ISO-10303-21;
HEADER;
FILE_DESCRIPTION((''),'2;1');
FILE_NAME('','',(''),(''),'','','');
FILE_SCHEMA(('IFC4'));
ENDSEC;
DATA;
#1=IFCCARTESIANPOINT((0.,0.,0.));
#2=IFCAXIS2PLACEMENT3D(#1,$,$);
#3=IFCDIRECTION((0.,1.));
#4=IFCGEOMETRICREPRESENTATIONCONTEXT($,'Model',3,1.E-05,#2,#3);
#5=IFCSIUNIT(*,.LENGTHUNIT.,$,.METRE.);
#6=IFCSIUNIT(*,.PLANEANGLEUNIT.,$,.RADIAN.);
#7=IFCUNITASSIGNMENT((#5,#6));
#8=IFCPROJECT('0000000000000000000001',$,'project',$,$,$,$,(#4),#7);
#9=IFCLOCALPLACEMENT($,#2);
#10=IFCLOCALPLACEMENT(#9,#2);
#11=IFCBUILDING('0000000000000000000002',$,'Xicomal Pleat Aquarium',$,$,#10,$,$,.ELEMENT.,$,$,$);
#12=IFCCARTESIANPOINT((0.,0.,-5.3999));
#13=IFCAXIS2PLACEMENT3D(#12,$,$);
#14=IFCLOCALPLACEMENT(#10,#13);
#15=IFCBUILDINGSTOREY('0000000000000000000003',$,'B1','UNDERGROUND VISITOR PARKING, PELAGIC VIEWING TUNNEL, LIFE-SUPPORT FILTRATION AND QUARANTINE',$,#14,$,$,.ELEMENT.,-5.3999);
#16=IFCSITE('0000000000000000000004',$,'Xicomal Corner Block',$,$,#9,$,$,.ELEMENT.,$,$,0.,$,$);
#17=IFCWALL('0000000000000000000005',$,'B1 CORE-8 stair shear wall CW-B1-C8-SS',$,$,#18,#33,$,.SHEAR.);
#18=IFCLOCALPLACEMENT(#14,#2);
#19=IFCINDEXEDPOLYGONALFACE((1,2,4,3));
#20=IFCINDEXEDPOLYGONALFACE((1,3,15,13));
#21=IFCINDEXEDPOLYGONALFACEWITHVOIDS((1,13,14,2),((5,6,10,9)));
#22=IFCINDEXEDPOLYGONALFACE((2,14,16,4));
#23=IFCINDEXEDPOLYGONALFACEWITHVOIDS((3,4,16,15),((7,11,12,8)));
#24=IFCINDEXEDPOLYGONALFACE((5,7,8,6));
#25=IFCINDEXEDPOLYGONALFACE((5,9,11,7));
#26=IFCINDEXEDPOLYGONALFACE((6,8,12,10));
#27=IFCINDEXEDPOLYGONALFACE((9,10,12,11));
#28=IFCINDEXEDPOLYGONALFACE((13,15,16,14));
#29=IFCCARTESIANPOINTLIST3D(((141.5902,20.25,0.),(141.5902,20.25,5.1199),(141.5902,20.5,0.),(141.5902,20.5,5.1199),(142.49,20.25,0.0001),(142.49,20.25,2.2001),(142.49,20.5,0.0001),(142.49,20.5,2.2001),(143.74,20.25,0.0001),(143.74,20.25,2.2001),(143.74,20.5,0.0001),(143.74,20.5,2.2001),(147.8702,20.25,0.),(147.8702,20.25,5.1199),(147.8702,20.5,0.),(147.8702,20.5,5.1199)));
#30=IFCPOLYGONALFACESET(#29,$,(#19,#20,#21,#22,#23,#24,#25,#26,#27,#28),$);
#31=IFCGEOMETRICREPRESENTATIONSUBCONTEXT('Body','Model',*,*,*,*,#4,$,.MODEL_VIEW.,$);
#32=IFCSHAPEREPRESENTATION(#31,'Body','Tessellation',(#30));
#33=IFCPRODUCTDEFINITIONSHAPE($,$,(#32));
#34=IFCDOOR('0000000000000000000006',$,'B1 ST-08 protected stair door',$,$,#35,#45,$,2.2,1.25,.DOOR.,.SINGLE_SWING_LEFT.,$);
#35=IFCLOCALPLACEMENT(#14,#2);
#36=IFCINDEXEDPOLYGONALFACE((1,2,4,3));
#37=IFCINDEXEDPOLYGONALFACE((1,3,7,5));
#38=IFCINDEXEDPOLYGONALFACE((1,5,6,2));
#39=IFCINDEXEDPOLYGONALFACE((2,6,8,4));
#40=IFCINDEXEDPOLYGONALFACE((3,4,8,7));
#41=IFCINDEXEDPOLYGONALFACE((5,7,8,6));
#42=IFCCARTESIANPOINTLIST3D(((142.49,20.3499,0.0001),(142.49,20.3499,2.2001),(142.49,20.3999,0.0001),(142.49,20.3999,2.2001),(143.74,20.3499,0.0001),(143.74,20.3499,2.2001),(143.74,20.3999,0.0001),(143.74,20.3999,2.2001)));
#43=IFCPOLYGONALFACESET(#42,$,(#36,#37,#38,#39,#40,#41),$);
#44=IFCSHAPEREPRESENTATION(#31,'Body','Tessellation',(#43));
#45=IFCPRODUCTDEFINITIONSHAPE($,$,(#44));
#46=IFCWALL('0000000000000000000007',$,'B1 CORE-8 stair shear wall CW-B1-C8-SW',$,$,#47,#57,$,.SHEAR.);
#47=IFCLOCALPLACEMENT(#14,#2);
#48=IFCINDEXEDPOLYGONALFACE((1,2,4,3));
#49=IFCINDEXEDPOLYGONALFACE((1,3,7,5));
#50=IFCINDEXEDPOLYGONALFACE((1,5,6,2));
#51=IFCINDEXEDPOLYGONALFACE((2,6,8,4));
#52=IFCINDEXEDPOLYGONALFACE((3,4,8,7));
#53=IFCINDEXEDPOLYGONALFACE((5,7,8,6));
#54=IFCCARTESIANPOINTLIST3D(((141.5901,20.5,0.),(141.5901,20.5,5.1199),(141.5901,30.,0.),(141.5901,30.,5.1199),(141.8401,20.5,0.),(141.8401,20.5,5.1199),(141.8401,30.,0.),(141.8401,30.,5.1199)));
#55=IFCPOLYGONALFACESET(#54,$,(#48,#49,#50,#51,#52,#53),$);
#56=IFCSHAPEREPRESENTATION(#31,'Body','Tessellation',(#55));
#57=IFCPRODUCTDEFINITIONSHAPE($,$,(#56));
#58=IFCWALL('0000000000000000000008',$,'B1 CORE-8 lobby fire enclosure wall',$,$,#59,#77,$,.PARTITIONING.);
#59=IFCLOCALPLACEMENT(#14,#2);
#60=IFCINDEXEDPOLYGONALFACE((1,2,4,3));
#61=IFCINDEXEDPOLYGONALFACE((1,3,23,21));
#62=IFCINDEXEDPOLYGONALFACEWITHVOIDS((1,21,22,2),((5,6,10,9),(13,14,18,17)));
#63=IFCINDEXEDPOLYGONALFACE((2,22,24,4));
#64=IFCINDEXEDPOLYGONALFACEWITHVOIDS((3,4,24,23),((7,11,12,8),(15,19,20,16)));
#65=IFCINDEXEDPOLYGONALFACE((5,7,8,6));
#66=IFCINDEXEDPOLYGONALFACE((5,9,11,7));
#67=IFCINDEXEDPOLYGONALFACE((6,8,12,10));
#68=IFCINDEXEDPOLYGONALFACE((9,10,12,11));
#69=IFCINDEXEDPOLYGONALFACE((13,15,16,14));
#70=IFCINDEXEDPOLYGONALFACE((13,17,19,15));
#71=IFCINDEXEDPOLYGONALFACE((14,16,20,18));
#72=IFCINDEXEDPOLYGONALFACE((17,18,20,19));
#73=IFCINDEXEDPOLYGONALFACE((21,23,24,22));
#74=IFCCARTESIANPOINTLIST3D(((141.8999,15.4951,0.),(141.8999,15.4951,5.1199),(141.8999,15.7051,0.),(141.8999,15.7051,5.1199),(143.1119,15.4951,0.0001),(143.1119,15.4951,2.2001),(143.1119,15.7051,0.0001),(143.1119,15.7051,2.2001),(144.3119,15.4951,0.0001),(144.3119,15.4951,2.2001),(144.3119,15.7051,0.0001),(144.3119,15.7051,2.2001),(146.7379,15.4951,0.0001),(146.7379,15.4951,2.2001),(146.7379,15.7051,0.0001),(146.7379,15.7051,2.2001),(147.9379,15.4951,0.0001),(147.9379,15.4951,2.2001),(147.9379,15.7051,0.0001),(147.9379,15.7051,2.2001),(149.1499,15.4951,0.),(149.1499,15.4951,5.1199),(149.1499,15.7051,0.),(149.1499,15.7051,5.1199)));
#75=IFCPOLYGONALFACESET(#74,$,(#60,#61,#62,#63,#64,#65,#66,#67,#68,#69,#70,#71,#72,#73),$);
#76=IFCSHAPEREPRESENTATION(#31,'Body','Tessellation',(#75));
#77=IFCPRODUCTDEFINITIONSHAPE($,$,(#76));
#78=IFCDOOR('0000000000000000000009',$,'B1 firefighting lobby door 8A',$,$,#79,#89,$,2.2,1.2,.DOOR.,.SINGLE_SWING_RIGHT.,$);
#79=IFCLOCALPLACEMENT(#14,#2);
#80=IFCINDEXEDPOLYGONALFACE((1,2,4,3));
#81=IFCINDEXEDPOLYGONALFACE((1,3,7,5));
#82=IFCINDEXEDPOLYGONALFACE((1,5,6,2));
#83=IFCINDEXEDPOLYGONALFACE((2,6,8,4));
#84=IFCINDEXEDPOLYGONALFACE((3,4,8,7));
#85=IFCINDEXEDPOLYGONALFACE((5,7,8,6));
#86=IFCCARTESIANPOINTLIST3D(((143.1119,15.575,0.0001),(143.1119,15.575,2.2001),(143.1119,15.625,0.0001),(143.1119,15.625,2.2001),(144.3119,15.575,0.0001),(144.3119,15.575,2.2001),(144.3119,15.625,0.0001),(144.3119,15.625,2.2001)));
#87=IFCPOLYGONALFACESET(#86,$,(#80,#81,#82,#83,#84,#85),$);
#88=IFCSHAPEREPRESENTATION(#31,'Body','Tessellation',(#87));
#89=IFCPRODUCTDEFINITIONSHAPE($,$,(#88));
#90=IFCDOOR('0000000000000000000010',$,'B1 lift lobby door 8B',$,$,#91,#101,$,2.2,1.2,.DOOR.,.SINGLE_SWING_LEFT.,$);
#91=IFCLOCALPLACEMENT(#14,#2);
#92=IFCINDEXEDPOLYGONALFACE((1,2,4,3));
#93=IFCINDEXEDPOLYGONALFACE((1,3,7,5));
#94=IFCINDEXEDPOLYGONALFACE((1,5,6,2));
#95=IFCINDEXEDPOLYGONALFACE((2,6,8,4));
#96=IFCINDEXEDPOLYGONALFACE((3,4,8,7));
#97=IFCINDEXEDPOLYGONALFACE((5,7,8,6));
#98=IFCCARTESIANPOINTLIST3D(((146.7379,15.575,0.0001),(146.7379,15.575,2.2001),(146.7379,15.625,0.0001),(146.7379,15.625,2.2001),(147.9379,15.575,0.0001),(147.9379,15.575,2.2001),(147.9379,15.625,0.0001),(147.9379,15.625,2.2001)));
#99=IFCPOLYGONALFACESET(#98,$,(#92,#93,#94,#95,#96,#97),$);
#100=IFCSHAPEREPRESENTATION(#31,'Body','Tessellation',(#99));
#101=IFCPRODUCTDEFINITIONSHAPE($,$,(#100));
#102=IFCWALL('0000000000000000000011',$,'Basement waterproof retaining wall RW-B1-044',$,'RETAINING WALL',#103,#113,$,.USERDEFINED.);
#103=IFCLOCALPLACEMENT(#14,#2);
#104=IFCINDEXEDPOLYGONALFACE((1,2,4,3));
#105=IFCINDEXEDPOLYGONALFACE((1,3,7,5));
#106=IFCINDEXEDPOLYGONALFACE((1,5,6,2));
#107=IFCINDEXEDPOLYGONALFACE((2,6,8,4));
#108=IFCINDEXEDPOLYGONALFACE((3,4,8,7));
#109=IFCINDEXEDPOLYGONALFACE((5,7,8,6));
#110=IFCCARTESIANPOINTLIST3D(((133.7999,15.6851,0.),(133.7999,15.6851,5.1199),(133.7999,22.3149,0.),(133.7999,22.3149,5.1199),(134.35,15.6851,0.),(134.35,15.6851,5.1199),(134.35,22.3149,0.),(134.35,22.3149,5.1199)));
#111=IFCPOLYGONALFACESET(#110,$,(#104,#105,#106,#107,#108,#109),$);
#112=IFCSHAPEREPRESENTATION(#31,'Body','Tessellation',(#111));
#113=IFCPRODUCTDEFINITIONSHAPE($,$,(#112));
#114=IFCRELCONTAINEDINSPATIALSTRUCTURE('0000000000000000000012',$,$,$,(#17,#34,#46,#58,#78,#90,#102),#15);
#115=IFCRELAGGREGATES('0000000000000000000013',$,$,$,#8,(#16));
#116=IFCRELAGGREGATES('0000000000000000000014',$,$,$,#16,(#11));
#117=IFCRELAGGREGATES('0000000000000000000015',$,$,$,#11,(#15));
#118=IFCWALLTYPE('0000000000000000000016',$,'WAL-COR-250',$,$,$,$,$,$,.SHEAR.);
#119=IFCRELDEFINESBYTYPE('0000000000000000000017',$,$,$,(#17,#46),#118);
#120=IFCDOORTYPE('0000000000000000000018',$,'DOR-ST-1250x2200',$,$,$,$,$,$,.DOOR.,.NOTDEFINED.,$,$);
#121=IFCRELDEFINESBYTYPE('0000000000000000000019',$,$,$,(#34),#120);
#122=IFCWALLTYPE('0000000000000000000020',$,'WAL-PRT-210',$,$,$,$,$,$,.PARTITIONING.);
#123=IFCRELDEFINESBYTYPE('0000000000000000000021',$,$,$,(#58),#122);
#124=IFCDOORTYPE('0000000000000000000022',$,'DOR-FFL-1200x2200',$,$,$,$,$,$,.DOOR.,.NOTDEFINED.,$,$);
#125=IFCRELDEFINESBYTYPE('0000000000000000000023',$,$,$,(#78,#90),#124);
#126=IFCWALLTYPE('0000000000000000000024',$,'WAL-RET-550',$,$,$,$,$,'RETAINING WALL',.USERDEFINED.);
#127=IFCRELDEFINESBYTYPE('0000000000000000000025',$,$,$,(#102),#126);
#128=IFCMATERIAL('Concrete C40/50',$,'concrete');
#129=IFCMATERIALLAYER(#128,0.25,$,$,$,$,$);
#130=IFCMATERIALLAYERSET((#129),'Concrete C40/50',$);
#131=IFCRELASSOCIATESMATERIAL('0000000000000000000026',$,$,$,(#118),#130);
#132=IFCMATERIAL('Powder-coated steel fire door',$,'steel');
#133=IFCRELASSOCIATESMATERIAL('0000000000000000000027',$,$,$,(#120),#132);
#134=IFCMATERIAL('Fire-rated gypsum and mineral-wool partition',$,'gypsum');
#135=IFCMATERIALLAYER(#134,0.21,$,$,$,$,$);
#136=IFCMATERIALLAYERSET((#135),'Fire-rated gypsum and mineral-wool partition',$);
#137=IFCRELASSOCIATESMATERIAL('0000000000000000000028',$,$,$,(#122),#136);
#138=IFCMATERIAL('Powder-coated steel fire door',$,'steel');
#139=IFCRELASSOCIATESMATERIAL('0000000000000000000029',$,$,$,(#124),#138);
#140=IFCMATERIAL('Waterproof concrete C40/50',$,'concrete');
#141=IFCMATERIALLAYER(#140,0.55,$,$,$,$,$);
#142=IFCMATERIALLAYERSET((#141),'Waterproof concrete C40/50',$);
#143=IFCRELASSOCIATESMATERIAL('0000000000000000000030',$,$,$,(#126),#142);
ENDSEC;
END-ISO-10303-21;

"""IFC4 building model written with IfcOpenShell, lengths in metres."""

from ifc_helpers import new_model, si_unit, direction, frame, frame_2d, origin, place, context, subcontext, project, spatial, rectangle, extrude, material, layer, layer_set, type_object, element, fill, save


model = new_model("IFC4")

# Units and contexts
model_context = context("Model", 3, precision=1e-05, world=origin(), true_north=direction((0.0, 1.0)))
body_context = subcontext(model_context, "Body", "Model", "MODEL_VIEW")
ifc_project = project(units=[si_unit("LENGTHUNIT", "METRE"), si_unit("PLANEANGLEUNIT", "RADIAN")], contexts=[model_context])

# Site, building, storey
site_placement = place(None, origin())
site = spatial("IfcSite", under=ifc_project, at=site_placement, Name="Xicomal Corner Block", CompositionType="ELEMENT", RefElevation=0.0)
building_placement = place(site_placement, origin())
building = spatial("IfcBuilding", under=site, at=building_placement, Name="Xicomal Pleat Aquarium", CompositionType="ELEMENT")
storey_placement = place(building_placement, frame((0.0, 0.0, -5.3999)))
storey = spatial("IfcBuildingStorey", under=building, at=storey_placement, Name="B1", Description="UNDERGROUND VISITOR PARKING, PELAGIC VIEWING TUNNEL, LIFE-SUPPORT FILTRATION AND QUARANTINE", CompositionType="ELEMENT", Elevation=-5.3999)

# Wall, opening, door
ifc_material_1 = material(Name="Concrete C40/50", Category="concrete")
ifc_layer_1 = layer(ifc_material_1, 0.25)
ifc_layer_set_1 = layer_set([ifc_layer_1], Name="Concrete C40/50")
wall_type_1 = type_object("IfcWallType", Name="WAL-COR-250", PredefinedType="SHEAR", material=ifc_layer_set_1)
wall_1_placement = place(storey_placement, frame((141.5901, 20.375, 0.0), z_axis=(0.0, 0.0, 1.0), x_axis=(1.0, 0.0, 0.0)))
wall_1 = element("IfcWall", 1, at=wall_1_placement, inside=storey, type_object=wall_type_1, Name="B1 CORE-8 stair shear wall CW-B1-C8-SS", PredefinedType="SHEAR", context=body_context, shape_type="SweptSolid", body=[
    extrude(rectangle(XDim=6.28, YDim=0.25, at=frame_2d((3.1401, 0.0))), origin(), (0.0, 0.0, 1.0), 5.1199),
])
opening_1_placement = place(wall_1_placement, frame((0.8999, 0.0, 0.0)))
opening_1 = element("IfcOpeningElement", 2, at=opening_1_placement, cuts=wall_1, PredefinedType="OPENING", context=body_context, shape_type="SweptSolid", body=[
    extrude(rectangle(XDim=1.25, YDim=2.2, at=frame_2d((0.625, 1.1001))), frame((0.0, 0.135, 0.0), z_axis=(0.0, -1.0, 0.0), x_axis=(1.0, 0.0, 0.0)), (0.0, 0.0, 1.0), 0.27),
])
ifc_material_2 = material(Name="Powder-coated steel fire door", Category="steel")
door_type_1 = type_object("IfcDoorType", Name="DOR-ST-1250x2200", OperationType="NOTDEFINED", PredefinedType="DOOR", material=ifc_material_2)
door_1_placement = place(opening_1_placement, origin())
door_1 = element("IfcDoor", 3, at=door_1_placement, inside=storey, type_object=door_type_1, Name="B1 ST-08 protected stair door", OperationType="SINGLE_SWING_LEFT", OverallHeight=2.2, OverallWidth=1.25, PredefinedType="DOOR", context=body_context, shape_type="SweptSolid", body=[
    extrude(rectangle(XDim=1.25, YDim=2.2, at=frame_2d((0.625, 1.1001))), frame((0.0, 0.0249, 0.0), z_axis=(0.0, -1.0, 0.0), x_axis=(1.0, 0.0, 0.0)), (0.0, 0.0, 1.0), 0.05),
])
fill(opening_1, door_1)

# Wall
wall_2_placement = place(storey_placement, frame((141.7151, 20.5, 0.0), z_axis=(0.0, 0.0, 1.0), x_axis=(0.0, 1.0, 0.0)))
element("IfcWall", 4, at=wall_2_placement, inside=storey, type_object=wall_type_1, Name="B1 CORE-8 stair shear wall CW-B1-C8-SW", PredefinedType="SHEAR", context=body_context, shape_type="SweptSolid", body=[
    extrude(rectangle(XDim=9.5, YDim=0.25, at=frame_2d((4.75, 0.0))), origin(), (0.0, 0.0, 1.0), 5.1199),
])

# Wall, openings, doors
ifc_material_3 = material(Name="Fire-rated gypsum and mineral-wool partition", Category="gypsum")
ifc_layer_2 = layer(ifc_material_3, 0.21)
ifc_layer_set_2 = layer_set([ifc_layer_2], Name="Fire-rated gypsum and mineral-wool partition")
wall_type_2 = type_object("IfcWallType", Name="WAL-PRT-210", PredefinedType="PARTITIONING", material=ifc_layer_set_2)
wall_3_placement = place(storey_placement, frame((141.8999, 15.6001, 0.0), z_axis=(0.0, 0.0, 1.0), x_axis=(1.0, 0.0, 0.0)))
wall_3 = element("IfcWall", 5, at=wall_3_placement, inside=storey, type_object=wall_type_2, Name="B1 CORE-8 lobby fire enclosure wall", PredefinedType="PARTITIONING", context=body_context, shape_type="SweptSolid", body=[
    extrude(rectangle(XDim=7.25, YDim=0.21, at=frame_2d((3.625, 0.0))), origin(), (0.0, 0.0, 1.0), 5.1199),
])
opening_2_placement = place(wall_3_placement, frame((1.2119, 0.0, 0.0)))
opening_2 = element("IfcOpeningElement", 6, at=opening_2_placement, cuts=wall_3, PredefinedType="OPENING", context=body_context, shape_type="SweptSolid", body=[
    extrude(rectangle(XDim=1.2, YDim=2.2, at=frame_2d((0.6001, 1.1001))), frame((0.0, 0.115, 0.0), z_axis=(0.0, -1.0, 0.0), x_axis=(1.0, 0.0, 0.0)), (0.0, 0.0, 1.0), 0.23),
])
opening_3_placement = place(wall_3_placement, frame((4.8379, 0.0, 0.0)))
opening_3 = element("IfcOpeningElement", 7, at=opening_3_placement, cuts=wall_3, PredefinedType="OPENING", context=body_context, shape_type="SweptSolid", body=[
    extrude(rectangle(XDim=1.2, YDim=2.2, at=frame_2d((0.6001, 1.1001))), frame((0.0, 0.115, 0.0), z_axis=(0.0, -1.0, 0.0), x_axis=(1.0, 0.0, 0.0)), (0.0, 0.0, 1.0), 0.23),
])
ifc_material_4 = material(Name="Powder-coated steel fire door", Category="steel")
door_type_2 = type_object("IfcDoorType", Name="DOR-FFL-1200x2200", OperationType="NOTDEFINED", PredefinedType="DOOR", material=ifc_material_4)
door_2_placement = place(opening_2_placement, origin())
door_2 = element("IfcDoor", 8, at=door_2_placement, inside=storey, type_object=door_type_2, Name="B1 firefighting lobby door 8A", OperationType="SINGLE_SWING_RIGHT", OverallHeight=2.2, OverallWidth=1.2, PredefinedType="DOOR", context=body_context, shape_type="SweptSolid", body=[
    extrude(rectangle(XDim=1.2, YDim=2.2, at=frame_2d((0.6001, 1.1001))), frame((0.0, 0.0249, 0.0), z_axis=(0.0, -1.0, 0.0), x_axis=(1.0, 0.0, 0.0)), (0.0, 0.0, 1.0), 0.05),
])
fill(opening_2, door_2)
door_3_placement = place(opening_3_placement, origin())
door_3 = element("IfcDoor", 9, at=door_3_placement, inside=storey, type_object=door_type_2, Name="B1 lift lobby door 8B", OperationType="SINGLE_SWING_LEFT", OverallHeight=2.2, OverallWidth=1.2, PredefinedType="DOOR", context=body_context, shape_type="SweptSolid", body=[
    extrude(rectangle(XDim=1.2, YDim=2.2, at=frame_2d((0.6001, 1.1001))), frame((0.0, 0.0249, 0.0), z_axis=(0.0, -1.0, 0.0), x_axis=(1.0, 0.0, 0.0)), (0.0, 0.0, 1.0), 0.05),
])
fill(opening_3, door_3)

# Wall
ifc_material_5 = material(Name="Waterproof concrete C40/50", Category="concrete")
ifc_layer_3 = layer(ifc_material_5, 0.55)
ifc_layer_set_3 = layer_set([ifc_layer_3], Name="Waterproof concrete C40/50")
wall_type_3 = type_object("IfcWallType", Name="WAL-RET-550", ElementType="RETAINING WALL", PredefinedType="USERDEFINED", material=ifc_layer_set_3)
wall_4_placement = place(storey_placement, frame((134.075, 15.6851, 0.0), z_axis=(0.0, 0.0, 1.0), x_axis=(0.0, 1.0, 0.0)))
element("IfcWall", 10, at=wall_4_placement, inside=storey, type_object=wall_type_3, Name="Basement waterproof retaining wall RW-B1-044", ObjectType="RETAINING WALL", PredefinedType="USERDEFINED", context=body_context, shape_type="SweptSolid", body=[
    extrude(rectangle(XDim=6.6299, YDim=0.55, at=frame_2d((3.3149, 0.0))), origin(), (0.0, 0.0, 1.0), 5.1199),
])

save(model, "model.ifc")
